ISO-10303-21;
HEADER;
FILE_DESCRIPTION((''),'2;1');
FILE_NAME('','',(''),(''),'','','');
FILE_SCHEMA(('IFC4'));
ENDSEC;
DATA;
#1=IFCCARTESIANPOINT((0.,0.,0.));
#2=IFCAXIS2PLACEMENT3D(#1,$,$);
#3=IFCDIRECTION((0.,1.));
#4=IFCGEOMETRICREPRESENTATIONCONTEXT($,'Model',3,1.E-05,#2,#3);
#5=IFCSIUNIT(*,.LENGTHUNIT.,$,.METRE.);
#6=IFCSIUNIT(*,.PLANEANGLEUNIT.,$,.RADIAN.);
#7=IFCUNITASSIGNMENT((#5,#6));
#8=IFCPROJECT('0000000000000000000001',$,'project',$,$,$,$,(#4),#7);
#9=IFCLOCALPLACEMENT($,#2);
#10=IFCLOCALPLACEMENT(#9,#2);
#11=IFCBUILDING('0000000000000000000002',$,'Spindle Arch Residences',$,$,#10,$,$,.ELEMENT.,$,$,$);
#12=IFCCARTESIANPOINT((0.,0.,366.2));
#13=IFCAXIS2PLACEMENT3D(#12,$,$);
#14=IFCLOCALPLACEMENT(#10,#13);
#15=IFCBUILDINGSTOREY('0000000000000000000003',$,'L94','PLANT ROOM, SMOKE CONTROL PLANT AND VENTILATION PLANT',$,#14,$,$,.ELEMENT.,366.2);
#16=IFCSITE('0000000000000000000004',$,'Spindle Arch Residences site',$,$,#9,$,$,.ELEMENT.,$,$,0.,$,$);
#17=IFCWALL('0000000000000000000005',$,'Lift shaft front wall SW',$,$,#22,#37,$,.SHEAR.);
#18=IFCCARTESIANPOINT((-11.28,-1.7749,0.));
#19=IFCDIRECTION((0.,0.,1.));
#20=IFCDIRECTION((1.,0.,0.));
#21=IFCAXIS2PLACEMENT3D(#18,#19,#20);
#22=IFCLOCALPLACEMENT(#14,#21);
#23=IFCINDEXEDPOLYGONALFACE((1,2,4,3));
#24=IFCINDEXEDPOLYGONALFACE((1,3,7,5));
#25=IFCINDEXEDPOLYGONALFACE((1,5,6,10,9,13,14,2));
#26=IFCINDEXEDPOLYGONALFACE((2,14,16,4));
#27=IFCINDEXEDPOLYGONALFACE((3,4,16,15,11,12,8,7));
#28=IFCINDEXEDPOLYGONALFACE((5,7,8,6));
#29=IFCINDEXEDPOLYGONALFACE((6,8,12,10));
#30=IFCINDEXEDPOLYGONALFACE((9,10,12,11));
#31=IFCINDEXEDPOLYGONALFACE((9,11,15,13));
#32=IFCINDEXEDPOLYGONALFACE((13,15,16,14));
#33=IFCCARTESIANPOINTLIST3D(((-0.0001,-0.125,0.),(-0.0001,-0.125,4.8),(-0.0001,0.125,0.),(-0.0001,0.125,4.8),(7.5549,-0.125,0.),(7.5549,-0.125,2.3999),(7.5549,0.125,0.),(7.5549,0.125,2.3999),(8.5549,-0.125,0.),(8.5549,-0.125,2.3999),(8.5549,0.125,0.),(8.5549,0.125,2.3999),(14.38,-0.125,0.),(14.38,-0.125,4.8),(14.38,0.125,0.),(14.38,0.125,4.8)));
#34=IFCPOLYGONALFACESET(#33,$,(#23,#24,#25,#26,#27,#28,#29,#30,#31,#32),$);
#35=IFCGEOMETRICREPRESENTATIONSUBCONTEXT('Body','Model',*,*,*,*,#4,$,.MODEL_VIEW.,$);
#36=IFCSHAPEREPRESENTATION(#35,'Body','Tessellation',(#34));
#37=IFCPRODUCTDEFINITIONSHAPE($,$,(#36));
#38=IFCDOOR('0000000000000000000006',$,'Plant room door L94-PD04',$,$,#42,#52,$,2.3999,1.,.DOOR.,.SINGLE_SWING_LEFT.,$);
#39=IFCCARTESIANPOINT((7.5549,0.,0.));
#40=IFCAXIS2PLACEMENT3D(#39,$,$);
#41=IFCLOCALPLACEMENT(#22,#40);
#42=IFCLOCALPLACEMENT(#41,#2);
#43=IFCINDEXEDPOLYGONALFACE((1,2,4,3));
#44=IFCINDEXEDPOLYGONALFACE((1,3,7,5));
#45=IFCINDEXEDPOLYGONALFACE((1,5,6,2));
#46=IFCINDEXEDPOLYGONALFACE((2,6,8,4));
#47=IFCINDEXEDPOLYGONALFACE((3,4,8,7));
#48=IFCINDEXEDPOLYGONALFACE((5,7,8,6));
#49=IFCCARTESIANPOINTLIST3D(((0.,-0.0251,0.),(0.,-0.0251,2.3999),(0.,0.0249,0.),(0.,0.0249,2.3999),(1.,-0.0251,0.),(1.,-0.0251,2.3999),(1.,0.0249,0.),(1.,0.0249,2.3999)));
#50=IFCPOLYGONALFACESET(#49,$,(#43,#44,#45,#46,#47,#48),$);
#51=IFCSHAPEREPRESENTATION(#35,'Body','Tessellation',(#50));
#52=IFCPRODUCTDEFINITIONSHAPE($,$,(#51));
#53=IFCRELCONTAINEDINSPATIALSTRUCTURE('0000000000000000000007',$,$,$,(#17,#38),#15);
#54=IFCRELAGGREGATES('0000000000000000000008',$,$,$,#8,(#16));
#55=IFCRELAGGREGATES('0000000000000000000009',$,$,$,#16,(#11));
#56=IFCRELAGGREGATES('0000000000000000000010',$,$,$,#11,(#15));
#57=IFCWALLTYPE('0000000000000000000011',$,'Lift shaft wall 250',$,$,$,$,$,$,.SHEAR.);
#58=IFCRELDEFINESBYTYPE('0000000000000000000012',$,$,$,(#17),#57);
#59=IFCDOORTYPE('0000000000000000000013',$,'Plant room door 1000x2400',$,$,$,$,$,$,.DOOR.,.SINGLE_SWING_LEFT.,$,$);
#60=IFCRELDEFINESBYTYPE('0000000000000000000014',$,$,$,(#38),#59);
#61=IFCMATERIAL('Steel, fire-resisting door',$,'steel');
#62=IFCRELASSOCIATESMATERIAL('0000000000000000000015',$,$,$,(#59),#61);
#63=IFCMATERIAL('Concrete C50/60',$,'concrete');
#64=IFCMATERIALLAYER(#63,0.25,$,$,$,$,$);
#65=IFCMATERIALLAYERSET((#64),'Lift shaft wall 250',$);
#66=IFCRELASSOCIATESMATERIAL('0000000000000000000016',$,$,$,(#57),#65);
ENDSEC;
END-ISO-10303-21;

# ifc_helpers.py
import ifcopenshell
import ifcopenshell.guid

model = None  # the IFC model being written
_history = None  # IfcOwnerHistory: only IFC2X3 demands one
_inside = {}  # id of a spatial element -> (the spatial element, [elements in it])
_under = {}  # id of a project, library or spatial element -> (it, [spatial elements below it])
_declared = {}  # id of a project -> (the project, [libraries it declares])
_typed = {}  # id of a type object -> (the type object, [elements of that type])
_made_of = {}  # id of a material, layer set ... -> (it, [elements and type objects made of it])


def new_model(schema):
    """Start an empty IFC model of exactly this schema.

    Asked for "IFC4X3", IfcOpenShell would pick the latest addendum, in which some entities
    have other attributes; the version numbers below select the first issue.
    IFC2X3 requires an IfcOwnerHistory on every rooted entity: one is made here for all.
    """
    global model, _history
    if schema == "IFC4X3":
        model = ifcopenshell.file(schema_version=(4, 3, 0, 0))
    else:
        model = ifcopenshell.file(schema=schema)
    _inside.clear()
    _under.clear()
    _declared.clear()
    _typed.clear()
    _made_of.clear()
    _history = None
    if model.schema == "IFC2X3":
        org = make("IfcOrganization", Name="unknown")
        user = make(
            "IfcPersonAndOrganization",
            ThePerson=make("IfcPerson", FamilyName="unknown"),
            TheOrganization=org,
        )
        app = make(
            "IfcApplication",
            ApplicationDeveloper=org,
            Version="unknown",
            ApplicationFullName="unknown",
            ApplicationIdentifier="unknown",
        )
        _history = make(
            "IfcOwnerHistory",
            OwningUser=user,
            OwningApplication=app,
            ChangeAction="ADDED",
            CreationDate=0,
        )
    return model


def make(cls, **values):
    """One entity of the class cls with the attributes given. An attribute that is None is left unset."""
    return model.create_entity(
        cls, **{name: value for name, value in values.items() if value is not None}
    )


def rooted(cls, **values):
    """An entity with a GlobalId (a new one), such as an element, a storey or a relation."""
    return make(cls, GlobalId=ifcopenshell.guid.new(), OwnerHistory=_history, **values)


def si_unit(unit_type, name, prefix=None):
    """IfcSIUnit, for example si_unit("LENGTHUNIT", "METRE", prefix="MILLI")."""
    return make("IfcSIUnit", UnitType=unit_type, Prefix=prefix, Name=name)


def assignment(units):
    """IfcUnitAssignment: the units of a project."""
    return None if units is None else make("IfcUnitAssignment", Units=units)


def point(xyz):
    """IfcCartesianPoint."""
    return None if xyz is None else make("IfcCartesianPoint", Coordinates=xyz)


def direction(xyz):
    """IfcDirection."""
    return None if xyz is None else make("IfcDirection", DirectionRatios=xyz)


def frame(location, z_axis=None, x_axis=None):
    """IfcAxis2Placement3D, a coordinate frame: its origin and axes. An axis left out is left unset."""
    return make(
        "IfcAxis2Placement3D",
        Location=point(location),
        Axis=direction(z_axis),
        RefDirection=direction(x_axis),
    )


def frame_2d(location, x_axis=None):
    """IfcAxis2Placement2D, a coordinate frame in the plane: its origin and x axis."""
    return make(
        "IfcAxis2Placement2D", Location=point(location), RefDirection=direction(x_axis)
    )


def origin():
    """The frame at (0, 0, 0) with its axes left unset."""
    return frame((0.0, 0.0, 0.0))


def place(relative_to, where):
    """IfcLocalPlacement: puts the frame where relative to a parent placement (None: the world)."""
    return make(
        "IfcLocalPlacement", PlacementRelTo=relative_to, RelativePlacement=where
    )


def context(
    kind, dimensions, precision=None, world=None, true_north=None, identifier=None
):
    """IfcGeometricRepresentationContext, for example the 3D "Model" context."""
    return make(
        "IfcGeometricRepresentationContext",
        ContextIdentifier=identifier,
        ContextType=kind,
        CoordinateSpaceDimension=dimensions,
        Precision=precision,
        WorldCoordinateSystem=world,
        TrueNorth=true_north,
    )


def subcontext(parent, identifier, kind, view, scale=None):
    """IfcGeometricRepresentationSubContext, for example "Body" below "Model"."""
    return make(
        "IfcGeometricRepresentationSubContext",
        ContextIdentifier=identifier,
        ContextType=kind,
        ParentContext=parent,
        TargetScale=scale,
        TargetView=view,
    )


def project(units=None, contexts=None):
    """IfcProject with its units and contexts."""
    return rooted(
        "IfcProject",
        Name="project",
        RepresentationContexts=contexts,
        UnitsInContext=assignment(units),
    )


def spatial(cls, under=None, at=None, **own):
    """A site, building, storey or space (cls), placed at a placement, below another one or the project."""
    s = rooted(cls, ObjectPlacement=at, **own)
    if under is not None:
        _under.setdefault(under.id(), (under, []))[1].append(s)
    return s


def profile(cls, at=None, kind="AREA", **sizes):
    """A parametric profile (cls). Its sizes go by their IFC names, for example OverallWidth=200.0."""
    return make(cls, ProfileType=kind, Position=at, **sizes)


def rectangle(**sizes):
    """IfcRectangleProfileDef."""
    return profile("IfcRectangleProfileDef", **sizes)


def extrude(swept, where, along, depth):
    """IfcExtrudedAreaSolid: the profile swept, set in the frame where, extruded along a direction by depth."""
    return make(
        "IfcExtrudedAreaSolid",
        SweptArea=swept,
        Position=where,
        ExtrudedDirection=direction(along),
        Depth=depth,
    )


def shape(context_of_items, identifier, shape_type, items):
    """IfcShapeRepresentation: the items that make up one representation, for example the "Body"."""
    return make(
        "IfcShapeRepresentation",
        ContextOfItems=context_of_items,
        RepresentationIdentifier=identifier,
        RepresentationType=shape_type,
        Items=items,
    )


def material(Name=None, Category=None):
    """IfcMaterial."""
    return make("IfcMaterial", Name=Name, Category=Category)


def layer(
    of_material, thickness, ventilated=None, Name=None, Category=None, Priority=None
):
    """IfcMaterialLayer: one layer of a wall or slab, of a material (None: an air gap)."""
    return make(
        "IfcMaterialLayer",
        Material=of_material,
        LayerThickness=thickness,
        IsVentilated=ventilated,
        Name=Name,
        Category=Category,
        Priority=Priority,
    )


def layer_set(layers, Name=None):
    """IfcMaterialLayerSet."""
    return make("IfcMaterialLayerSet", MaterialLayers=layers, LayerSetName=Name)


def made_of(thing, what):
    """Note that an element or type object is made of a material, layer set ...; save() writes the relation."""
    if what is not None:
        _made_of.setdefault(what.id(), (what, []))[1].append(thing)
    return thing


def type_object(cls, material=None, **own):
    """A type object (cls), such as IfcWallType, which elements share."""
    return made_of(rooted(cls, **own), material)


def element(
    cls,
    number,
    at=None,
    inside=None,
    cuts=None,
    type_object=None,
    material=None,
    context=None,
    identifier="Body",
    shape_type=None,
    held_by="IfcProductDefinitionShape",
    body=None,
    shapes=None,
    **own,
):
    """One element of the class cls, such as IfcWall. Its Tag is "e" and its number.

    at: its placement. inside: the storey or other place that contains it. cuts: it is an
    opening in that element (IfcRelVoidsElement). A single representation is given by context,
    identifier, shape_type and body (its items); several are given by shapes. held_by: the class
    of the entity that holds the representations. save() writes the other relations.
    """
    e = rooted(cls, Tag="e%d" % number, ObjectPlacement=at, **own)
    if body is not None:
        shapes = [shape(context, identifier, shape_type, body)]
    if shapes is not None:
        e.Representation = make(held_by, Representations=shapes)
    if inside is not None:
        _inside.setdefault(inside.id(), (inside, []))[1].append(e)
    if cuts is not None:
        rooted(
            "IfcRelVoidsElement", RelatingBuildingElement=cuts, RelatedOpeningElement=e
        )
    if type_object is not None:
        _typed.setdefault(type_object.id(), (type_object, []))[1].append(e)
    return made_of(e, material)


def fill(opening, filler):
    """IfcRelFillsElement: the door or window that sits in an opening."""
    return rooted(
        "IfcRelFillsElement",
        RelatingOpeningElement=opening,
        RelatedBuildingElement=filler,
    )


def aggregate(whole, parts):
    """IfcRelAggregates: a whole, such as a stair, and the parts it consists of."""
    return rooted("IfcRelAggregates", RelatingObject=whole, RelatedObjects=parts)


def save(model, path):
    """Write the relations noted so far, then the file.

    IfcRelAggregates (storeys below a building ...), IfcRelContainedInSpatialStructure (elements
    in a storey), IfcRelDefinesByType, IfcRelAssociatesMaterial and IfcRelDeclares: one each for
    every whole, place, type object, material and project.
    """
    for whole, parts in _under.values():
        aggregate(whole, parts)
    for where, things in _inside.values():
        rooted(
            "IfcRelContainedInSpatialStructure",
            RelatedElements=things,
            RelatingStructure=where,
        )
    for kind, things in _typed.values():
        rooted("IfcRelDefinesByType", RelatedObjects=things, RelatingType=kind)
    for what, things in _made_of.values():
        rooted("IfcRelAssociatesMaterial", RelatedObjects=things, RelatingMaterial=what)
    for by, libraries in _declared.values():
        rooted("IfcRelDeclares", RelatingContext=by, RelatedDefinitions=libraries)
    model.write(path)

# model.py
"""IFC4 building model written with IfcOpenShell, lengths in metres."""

from ifc_helpers import new_model, si_unit, direction, frame, frame_2d, origin, place, context, subcontext, project, spatial, rectangle, extrude, material, layer, layer_set, type_object, element, fill, save


model = new_model("IFC4")

# Units and contexts
model_context = context("Model", 3, precision=1e-05, world=origin(), true_north=direction((0.0, 1.0)))
body_context = subcontext(model_context, "Body", "Model", "MODEL_VIEW")
ifc_project = project(units=[si_unit("LENGTHUNIT", "METRE"), si_unit("PLANEANGLEUNIT", "RADIAN")], contexts=[model_context])

# Site, building, storey
site_placement = place(None, origin())
site = spatial("IfcSite", under=ifc_project, at=site_placement, Name="Spindle Arch Residences site", CompositionType="ELEMENT", RefElevation=0.0)
building_placement = place(site_placement, origin())
building = spatial("IfcBuilding", under=site, at=building_placement, Name="Spindle Arch Residences", CompositionType="ELEMENT")
storey_placement = place(building_placement, frame((0.0, 0.0, 366.2)))
storey = spatial("IfcBuildingStorey", under=building, at=storey_placement, Name="L94", Description="PLANT ROOM, SMOKE CONTROL PLANT AND VENTILATION PLANT", CompositionType="ELEMENT", Elevation=366.2)

# Shared definitions
ifc_material_1 = material(Name="Steel, fire-resisting door", Category="steel")
door_type_1 = type_object("IfcDoorType", Name="Plant room door 1000x2400", OperationType="SINGLE_SWING_LEFT", PredefinedType="DOOR", material=ifc_material_1)

# Wall, opening, door
ifc_material_2 = material(Name="Concrete C50/60", Category="concrete")
ifc_layer_1 = layer(ifc_material_2, 0.25)
ifc_layer_set_1 = layer_set([ifc_layer_1], Name="Lift shaft wall 250")
wall_type_1 = type_object("IfcWallType", Name="Lift shaft wall 250", PredefinedType="SHEAR", material=ifc_layer_set_1)
wall_1_placement = place(storey_placement, frame((-11.28, -1.7749, 0.0), z_axis=(0.0, 0.0, 1.0), x_axis=(1.0, 0.0, 0.0)))
wall_1 = element("IfcWall", 1, at=wall_1_placement, inside=storey, type_object=wall_type_1, Name="Lift shaft front wall SW", PredefinedType="SHEAR", context=body_context, shape_type="SweptSolid", body=[
    extrude(rectangle(XDim=14.3801, YDim=0.25, at=frame_2d((7.1899, 0.0))), origin(), (0.0, 0.0, 1.0), 4.8),
])
opening_1_placement = place(wall_1_placement, frame((7.5549, 0.0, 0.0)))
opening_1 = element("IfcOpeningElement", 2, at=opening_1_placement, cuts=wall_1, PredefinedType="OPENING", context=body_context, shape_type="SweptSolid", body=[
    extrude(rectangle(XDim=1.0, YDim=2.3999, at=frame_2d((0.5, 1.2))), frame((0.0, 0.135, 0.0), z_axis=(0.0, -1.0, 0.0), x_axis=(1.0, 0.0, 0.0)), (0.0, 0.0, 1.0), 0.27),
])
door_1_placement = place(opening_1_placement, origin())
door_1 = element("IfcDoor", 3, at=door_1_placement, inside=storey, type_object=door_type_1, Name="Plant room door L94-PD04", OperationType="SINGLE_SWING_LEFT", OverallHeight=2.3999, OverallWidth=1.0, PredefinedType="DOOR", context=body_context, shape_type="SweptSolid", body=[
    extrude(rectangle(XDim=1.0, YDim=2.3999, at=frame_2d((0.5, 1.2))), frame((0.0, 0.0249, 0.0), z_axis=(0.0, -1.0, 0.0), x_axis=(1.0, 0.0, 0.0)), (0.0, 0.0, 1.0), 0.05),
])
fill(opening_1, door_1)

save(model, "model.ifc")
